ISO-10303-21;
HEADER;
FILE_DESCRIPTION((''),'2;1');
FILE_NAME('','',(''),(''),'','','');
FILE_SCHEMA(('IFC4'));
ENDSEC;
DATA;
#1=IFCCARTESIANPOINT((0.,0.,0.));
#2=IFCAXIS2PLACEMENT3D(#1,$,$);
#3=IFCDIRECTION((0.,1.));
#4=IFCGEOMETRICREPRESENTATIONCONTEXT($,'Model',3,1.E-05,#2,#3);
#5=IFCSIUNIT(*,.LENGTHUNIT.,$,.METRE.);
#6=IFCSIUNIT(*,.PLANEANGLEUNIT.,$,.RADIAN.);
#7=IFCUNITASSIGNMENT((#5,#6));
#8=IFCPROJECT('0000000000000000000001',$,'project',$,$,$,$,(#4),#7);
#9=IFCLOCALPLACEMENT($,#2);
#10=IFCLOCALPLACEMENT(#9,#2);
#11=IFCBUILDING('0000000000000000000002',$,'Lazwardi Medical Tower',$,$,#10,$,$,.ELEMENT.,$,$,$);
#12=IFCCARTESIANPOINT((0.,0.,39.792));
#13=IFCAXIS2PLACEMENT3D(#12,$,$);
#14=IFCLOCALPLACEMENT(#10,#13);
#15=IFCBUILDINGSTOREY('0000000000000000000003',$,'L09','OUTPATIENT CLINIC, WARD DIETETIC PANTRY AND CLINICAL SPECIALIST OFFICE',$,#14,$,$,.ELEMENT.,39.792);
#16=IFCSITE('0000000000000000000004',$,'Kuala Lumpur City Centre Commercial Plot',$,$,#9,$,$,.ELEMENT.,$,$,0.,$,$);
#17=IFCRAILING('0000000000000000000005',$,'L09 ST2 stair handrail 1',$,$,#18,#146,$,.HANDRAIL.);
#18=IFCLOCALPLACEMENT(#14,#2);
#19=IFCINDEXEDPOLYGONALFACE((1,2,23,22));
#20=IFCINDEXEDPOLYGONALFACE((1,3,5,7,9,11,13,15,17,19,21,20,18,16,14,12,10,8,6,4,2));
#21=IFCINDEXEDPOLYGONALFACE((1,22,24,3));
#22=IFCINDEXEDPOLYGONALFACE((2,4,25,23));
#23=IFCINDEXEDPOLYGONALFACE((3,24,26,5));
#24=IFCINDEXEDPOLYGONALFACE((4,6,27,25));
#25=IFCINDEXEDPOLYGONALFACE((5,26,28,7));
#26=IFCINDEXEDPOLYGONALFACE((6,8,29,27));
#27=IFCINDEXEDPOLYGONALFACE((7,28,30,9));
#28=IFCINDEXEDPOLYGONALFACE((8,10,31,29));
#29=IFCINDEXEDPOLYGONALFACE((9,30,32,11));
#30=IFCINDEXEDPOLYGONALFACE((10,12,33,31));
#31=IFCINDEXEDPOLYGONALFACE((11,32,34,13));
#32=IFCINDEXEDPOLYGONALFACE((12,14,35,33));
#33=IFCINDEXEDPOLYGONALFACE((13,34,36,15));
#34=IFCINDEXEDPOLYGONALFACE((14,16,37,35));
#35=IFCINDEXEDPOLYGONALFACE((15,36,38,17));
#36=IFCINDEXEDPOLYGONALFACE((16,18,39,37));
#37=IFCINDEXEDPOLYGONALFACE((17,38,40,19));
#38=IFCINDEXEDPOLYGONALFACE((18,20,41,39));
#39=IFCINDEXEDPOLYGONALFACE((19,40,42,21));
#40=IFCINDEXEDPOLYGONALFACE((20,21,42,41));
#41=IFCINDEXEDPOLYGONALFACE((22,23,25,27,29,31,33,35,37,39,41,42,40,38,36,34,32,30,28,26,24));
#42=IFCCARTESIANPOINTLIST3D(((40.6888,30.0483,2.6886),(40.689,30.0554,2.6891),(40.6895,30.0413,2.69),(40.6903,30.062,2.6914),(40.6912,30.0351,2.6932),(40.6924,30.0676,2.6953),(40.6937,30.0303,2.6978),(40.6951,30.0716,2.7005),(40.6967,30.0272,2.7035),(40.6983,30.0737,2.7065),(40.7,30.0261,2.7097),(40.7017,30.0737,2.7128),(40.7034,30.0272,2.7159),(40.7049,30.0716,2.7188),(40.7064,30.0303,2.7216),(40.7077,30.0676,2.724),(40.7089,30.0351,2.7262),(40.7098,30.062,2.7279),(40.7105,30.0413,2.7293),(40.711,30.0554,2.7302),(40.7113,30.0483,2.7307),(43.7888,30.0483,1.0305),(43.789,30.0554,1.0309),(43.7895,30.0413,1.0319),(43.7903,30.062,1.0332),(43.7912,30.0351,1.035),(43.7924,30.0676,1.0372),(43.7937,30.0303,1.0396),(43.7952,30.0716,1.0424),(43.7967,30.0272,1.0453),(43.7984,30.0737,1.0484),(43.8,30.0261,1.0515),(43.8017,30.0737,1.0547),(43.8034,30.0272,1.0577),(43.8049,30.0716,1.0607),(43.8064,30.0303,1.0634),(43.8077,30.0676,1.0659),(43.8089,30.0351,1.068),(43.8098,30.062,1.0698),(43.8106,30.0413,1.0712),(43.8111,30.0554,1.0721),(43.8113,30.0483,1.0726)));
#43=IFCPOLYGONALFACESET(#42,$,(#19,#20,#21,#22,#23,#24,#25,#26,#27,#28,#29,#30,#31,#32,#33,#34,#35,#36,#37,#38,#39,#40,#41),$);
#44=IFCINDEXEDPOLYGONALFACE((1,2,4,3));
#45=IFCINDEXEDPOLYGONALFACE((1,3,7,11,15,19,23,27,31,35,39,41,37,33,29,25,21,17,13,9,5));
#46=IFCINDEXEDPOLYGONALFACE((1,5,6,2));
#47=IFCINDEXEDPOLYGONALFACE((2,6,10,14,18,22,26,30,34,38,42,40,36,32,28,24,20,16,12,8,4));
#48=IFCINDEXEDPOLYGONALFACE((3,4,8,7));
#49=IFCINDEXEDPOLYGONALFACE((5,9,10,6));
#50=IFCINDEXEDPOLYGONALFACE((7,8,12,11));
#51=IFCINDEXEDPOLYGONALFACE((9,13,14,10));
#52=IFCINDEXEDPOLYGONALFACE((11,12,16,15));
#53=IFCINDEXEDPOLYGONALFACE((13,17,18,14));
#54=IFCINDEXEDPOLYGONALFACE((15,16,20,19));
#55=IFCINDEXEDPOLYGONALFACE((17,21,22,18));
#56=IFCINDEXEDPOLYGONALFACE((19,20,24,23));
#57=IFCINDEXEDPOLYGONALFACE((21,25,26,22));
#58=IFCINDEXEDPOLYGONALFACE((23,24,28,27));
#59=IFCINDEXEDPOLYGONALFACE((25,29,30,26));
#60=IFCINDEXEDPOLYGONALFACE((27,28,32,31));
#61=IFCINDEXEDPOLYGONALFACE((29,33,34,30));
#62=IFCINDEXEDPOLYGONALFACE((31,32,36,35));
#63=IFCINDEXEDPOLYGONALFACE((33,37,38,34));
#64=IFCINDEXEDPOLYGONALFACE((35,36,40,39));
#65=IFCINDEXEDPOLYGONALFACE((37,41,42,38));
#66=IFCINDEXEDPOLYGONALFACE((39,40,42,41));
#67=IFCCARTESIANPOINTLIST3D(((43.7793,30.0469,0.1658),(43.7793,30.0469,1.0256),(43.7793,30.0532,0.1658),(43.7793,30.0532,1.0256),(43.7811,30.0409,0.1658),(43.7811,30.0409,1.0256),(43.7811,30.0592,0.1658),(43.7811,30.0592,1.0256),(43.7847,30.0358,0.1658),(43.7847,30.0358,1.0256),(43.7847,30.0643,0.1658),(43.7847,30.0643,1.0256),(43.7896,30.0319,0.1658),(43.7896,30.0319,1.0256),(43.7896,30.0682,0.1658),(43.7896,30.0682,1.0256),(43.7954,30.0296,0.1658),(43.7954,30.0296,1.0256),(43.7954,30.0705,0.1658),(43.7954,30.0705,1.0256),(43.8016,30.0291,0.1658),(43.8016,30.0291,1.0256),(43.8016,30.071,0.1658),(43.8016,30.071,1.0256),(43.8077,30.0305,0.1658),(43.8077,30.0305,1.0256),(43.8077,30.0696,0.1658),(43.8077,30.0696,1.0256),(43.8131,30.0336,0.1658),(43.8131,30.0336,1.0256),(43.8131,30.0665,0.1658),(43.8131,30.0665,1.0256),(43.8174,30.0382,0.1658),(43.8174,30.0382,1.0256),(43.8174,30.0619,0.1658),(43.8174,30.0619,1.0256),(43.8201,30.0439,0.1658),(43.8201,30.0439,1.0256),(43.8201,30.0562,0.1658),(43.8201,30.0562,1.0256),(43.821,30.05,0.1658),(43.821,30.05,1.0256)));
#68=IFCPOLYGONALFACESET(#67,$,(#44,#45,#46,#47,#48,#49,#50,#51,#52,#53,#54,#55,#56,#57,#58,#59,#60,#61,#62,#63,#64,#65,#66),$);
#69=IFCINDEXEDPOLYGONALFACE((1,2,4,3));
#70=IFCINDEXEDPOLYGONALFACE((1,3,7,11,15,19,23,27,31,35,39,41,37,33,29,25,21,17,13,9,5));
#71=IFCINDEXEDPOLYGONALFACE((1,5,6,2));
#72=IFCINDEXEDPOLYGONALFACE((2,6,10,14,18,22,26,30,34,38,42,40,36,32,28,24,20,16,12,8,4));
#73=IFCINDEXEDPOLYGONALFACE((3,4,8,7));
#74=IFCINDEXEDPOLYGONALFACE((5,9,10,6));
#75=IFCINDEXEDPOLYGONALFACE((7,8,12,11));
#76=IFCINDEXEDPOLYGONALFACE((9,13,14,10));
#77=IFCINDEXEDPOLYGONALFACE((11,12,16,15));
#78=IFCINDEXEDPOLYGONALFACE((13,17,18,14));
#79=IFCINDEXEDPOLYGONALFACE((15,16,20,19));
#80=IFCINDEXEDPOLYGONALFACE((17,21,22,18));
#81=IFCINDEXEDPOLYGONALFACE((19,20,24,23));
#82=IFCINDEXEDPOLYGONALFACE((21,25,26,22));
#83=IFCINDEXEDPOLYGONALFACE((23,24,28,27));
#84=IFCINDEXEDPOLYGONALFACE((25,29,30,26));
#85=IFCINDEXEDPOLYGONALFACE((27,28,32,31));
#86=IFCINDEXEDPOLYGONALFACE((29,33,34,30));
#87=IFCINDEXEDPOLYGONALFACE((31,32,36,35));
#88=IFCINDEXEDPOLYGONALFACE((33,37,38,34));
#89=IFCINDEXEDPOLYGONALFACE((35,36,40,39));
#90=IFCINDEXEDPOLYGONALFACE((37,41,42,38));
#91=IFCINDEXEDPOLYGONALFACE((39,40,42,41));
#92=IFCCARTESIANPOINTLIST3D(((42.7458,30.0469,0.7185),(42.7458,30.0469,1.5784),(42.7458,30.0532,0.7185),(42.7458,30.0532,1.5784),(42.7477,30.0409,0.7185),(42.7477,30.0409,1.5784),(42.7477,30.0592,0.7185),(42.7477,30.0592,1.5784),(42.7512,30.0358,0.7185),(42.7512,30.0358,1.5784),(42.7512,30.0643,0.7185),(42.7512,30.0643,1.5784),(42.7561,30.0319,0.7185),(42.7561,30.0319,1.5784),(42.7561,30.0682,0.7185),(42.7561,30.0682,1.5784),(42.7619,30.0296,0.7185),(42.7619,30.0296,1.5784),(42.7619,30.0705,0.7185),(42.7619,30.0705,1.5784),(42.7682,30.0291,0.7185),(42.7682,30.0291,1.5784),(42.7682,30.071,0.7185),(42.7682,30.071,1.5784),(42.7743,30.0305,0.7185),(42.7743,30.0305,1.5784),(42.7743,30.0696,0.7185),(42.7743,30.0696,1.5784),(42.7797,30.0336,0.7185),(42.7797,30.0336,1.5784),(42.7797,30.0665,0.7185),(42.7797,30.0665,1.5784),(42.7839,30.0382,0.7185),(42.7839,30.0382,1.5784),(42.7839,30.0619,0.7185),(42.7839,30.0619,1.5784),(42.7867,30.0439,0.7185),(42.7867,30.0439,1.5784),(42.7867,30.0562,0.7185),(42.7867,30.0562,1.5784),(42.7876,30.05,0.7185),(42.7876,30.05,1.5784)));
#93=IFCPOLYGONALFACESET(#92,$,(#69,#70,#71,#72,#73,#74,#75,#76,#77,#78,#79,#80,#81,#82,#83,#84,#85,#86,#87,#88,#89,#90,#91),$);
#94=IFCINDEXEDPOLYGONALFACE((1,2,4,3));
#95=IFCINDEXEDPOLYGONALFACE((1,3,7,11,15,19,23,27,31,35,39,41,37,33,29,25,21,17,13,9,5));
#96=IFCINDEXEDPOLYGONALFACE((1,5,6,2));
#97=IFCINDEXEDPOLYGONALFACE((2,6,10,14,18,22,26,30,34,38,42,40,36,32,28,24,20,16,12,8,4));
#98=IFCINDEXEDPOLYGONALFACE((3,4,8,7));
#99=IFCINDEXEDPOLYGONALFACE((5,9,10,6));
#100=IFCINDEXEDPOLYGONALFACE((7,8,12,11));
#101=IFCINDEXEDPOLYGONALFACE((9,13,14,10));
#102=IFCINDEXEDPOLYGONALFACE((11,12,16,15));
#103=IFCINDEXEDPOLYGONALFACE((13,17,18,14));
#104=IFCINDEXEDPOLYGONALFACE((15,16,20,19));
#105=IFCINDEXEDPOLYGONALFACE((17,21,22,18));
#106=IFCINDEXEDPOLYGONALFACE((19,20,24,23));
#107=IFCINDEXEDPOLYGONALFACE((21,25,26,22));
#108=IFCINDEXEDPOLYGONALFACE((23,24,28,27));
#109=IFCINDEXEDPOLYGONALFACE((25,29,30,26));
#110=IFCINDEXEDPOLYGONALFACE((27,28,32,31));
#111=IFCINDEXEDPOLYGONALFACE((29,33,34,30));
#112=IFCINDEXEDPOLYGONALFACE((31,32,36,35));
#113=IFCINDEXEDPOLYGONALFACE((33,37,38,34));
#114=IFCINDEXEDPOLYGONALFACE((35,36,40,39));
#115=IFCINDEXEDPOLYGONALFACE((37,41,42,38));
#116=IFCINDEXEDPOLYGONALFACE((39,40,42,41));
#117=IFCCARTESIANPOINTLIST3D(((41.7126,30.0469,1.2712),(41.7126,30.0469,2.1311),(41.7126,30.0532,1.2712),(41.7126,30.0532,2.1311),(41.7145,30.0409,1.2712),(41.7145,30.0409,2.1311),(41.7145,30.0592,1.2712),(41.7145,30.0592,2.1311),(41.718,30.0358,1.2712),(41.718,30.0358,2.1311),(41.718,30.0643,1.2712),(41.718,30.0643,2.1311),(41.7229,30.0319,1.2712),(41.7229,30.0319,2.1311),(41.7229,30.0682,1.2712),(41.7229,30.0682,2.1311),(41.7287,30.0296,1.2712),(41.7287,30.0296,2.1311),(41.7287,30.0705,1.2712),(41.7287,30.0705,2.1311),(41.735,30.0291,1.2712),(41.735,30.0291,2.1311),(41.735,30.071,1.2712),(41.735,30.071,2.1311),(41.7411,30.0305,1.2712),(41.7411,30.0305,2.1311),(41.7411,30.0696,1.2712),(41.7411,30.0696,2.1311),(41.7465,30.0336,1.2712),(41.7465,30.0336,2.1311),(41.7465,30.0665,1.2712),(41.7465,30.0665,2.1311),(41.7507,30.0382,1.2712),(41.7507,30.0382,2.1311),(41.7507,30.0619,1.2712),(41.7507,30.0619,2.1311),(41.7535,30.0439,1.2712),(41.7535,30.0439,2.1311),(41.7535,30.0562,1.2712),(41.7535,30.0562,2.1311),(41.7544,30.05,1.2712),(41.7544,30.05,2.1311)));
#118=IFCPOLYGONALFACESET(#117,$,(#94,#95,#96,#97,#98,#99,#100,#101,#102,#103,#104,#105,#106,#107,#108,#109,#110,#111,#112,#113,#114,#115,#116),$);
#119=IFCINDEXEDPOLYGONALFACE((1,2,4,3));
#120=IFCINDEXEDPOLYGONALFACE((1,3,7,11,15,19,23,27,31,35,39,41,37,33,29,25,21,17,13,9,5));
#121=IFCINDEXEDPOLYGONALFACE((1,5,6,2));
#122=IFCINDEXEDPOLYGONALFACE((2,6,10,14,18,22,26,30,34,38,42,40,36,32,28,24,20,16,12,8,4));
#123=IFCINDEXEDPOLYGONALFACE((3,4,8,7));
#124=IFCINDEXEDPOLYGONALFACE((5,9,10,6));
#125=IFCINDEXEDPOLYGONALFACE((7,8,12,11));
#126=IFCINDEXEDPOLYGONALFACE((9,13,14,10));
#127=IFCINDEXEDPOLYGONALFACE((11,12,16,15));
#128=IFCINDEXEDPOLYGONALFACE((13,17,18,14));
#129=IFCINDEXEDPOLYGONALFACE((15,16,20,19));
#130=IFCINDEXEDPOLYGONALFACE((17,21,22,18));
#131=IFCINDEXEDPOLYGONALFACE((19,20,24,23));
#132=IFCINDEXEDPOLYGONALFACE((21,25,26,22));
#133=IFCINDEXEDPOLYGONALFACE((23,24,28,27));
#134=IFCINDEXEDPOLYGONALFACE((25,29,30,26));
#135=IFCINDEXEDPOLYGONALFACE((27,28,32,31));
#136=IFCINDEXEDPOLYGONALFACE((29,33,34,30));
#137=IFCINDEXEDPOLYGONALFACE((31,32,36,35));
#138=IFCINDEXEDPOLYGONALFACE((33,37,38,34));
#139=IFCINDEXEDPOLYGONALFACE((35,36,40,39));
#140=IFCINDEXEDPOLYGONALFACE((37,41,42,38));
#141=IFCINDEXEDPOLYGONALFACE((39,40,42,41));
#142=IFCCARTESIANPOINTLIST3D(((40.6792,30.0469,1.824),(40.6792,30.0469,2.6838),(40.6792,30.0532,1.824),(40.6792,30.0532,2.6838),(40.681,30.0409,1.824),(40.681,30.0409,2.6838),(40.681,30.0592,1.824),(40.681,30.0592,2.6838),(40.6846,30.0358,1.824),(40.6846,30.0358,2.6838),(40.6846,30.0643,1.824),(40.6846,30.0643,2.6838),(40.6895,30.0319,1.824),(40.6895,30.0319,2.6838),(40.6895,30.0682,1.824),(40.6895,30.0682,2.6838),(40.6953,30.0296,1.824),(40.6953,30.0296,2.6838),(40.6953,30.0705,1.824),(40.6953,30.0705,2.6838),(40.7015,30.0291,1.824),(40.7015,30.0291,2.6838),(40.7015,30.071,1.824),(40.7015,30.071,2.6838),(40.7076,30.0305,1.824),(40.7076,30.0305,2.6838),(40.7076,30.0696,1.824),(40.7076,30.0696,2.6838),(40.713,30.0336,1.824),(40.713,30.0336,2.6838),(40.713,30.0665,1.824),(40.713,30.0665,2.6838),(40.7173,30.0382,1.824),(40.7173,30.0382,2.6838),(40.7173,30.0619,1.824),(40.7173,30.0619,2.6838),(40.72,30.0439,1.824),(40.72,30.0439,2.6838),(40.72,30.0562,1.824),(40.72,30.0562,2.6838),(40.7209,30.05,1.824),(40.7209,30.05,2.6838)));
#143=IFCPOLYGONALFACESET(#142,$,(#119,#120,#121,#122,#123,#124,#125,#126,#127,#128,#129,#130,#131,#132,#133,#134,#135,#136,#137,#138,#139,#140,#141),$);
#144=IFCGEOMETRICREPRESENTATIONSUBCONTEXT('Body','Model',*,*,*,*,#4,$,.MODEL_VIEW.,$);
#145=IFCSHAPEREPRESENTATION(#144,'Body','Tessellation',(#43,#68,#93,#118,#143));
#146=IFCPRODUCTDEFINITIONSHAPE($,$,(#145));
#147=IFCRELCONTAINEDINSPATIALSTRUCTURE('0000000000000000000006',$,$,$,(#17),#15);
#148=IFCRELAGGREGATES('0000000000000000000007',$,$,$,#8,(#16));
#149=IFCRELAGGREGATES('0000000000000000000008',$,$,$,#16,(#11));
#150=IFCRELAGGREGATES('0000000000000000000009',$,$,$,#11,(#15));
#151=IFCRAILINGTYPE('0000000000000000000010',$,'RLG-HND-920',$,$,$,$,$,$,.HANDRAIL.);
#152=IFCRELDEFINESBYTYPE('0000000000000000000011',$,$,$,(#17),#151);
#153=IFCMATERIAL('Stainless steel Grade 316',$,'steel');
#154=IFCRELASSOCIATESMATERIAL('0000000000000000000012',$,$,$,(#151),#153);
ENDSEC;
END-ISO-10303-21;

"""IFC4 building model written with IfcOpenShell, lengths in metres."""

from ifc_helpers import new_model, si_unit, direction, frame, origin, origin_2d, place, context, subcontext, project, spatial, circle, extrude, material, type_object, element, save


model = new_model("IFC4")

# Units and contexts
model_context = context("Model", 3, precision=1e-05, world=origin(), true_north=direction((0.0, 1.0)))
body_context = subcontext(model_context, "Body", "Model", "MODEL_VIEW")
ifc_project = project(units=[si_unit("LENGTHUNIT", "METRE"), si_unit("PLANEANGLEUNIT", "RADIAN")], contexts=[model_context])

# Site, building, storey
site_placement = place(None, origin())
site = spatial("IfcSite", under=ifc_project, at=site_placement, Name="Kuala Lumpur City Centre Commercial Plot", CompositionType="ELEMENT", RefElevation=0.0)
building_placement = place(site_placement, origin())
building = spatial("IfcBuilding", under=site, at=building_placement, Name="Lazwardi Medical Tower", CompositionType="ELEMENT")
storey_placement = place(building_placement, frame((0.0, 0.0, 39.792)))
storey = spatial("IfcBuildingStorey", under=building, at=storey_placement, Name="L09", Description="OUTPATIENT CLINIC, WARD DIETETIC PANTRY AND CLINICAL SPECIALIST OFFICE", CompositionType="ELEMENT", Elevation=39.792)

# Railing
ifc_material_1 = material(Name="Stainless steel Grade 316", Category="steel")
railing_type_1 = type_object("IfcRailingType", Name="RLG-HND-920", PredefinedType="HANDRAIL", material=ifc_material_1)
railing_1_placement = place(storey_placement, frame((43.8, 30.05, 0.1658)))
element("IfcRailing", 1, at=railing_1_placement, inside=storey, type_object=railing_type_1, Name="L09 ST2 stair handrail 1", PredefinedType="HANDRAIL", context=body_context, shape_type="SweptSolid", body=[
    extrude(circle(Radius=0.0239, at=origin_2d()), frame((0.0, 0.0, 0.8857), z_axis=(-0.881783, 0.0, 0.471655), x_axis=(0.0, -1.0, 0.0)), (0.0, 0.0, 1.0), 3.5156),
    extrude(circle(Radius=0.021, at=origin_2d()), origin(), (0.0, 0.0, 1.0), 0.8599),
    extrude(circle(Radius=0.021, at=origin_2d()), frame((-1.0334, 0.0, 0.5527)), (0.0, 0.0, 1.0), 0.8599),
    extrude(circle(Radius=0.021, at=origin_2d()), frame((-2.0667, 0.0, 1.1055)), (0.0, 0.0, 1.0), 0.8599),
    extrude(circle(Radius=0.021, at=origin_2d()), frame((-3.1001, 0.0, 1.6582)), (0.0, 0.0, 1.0), 0.8599),
])

save(model, "model.ifc")
